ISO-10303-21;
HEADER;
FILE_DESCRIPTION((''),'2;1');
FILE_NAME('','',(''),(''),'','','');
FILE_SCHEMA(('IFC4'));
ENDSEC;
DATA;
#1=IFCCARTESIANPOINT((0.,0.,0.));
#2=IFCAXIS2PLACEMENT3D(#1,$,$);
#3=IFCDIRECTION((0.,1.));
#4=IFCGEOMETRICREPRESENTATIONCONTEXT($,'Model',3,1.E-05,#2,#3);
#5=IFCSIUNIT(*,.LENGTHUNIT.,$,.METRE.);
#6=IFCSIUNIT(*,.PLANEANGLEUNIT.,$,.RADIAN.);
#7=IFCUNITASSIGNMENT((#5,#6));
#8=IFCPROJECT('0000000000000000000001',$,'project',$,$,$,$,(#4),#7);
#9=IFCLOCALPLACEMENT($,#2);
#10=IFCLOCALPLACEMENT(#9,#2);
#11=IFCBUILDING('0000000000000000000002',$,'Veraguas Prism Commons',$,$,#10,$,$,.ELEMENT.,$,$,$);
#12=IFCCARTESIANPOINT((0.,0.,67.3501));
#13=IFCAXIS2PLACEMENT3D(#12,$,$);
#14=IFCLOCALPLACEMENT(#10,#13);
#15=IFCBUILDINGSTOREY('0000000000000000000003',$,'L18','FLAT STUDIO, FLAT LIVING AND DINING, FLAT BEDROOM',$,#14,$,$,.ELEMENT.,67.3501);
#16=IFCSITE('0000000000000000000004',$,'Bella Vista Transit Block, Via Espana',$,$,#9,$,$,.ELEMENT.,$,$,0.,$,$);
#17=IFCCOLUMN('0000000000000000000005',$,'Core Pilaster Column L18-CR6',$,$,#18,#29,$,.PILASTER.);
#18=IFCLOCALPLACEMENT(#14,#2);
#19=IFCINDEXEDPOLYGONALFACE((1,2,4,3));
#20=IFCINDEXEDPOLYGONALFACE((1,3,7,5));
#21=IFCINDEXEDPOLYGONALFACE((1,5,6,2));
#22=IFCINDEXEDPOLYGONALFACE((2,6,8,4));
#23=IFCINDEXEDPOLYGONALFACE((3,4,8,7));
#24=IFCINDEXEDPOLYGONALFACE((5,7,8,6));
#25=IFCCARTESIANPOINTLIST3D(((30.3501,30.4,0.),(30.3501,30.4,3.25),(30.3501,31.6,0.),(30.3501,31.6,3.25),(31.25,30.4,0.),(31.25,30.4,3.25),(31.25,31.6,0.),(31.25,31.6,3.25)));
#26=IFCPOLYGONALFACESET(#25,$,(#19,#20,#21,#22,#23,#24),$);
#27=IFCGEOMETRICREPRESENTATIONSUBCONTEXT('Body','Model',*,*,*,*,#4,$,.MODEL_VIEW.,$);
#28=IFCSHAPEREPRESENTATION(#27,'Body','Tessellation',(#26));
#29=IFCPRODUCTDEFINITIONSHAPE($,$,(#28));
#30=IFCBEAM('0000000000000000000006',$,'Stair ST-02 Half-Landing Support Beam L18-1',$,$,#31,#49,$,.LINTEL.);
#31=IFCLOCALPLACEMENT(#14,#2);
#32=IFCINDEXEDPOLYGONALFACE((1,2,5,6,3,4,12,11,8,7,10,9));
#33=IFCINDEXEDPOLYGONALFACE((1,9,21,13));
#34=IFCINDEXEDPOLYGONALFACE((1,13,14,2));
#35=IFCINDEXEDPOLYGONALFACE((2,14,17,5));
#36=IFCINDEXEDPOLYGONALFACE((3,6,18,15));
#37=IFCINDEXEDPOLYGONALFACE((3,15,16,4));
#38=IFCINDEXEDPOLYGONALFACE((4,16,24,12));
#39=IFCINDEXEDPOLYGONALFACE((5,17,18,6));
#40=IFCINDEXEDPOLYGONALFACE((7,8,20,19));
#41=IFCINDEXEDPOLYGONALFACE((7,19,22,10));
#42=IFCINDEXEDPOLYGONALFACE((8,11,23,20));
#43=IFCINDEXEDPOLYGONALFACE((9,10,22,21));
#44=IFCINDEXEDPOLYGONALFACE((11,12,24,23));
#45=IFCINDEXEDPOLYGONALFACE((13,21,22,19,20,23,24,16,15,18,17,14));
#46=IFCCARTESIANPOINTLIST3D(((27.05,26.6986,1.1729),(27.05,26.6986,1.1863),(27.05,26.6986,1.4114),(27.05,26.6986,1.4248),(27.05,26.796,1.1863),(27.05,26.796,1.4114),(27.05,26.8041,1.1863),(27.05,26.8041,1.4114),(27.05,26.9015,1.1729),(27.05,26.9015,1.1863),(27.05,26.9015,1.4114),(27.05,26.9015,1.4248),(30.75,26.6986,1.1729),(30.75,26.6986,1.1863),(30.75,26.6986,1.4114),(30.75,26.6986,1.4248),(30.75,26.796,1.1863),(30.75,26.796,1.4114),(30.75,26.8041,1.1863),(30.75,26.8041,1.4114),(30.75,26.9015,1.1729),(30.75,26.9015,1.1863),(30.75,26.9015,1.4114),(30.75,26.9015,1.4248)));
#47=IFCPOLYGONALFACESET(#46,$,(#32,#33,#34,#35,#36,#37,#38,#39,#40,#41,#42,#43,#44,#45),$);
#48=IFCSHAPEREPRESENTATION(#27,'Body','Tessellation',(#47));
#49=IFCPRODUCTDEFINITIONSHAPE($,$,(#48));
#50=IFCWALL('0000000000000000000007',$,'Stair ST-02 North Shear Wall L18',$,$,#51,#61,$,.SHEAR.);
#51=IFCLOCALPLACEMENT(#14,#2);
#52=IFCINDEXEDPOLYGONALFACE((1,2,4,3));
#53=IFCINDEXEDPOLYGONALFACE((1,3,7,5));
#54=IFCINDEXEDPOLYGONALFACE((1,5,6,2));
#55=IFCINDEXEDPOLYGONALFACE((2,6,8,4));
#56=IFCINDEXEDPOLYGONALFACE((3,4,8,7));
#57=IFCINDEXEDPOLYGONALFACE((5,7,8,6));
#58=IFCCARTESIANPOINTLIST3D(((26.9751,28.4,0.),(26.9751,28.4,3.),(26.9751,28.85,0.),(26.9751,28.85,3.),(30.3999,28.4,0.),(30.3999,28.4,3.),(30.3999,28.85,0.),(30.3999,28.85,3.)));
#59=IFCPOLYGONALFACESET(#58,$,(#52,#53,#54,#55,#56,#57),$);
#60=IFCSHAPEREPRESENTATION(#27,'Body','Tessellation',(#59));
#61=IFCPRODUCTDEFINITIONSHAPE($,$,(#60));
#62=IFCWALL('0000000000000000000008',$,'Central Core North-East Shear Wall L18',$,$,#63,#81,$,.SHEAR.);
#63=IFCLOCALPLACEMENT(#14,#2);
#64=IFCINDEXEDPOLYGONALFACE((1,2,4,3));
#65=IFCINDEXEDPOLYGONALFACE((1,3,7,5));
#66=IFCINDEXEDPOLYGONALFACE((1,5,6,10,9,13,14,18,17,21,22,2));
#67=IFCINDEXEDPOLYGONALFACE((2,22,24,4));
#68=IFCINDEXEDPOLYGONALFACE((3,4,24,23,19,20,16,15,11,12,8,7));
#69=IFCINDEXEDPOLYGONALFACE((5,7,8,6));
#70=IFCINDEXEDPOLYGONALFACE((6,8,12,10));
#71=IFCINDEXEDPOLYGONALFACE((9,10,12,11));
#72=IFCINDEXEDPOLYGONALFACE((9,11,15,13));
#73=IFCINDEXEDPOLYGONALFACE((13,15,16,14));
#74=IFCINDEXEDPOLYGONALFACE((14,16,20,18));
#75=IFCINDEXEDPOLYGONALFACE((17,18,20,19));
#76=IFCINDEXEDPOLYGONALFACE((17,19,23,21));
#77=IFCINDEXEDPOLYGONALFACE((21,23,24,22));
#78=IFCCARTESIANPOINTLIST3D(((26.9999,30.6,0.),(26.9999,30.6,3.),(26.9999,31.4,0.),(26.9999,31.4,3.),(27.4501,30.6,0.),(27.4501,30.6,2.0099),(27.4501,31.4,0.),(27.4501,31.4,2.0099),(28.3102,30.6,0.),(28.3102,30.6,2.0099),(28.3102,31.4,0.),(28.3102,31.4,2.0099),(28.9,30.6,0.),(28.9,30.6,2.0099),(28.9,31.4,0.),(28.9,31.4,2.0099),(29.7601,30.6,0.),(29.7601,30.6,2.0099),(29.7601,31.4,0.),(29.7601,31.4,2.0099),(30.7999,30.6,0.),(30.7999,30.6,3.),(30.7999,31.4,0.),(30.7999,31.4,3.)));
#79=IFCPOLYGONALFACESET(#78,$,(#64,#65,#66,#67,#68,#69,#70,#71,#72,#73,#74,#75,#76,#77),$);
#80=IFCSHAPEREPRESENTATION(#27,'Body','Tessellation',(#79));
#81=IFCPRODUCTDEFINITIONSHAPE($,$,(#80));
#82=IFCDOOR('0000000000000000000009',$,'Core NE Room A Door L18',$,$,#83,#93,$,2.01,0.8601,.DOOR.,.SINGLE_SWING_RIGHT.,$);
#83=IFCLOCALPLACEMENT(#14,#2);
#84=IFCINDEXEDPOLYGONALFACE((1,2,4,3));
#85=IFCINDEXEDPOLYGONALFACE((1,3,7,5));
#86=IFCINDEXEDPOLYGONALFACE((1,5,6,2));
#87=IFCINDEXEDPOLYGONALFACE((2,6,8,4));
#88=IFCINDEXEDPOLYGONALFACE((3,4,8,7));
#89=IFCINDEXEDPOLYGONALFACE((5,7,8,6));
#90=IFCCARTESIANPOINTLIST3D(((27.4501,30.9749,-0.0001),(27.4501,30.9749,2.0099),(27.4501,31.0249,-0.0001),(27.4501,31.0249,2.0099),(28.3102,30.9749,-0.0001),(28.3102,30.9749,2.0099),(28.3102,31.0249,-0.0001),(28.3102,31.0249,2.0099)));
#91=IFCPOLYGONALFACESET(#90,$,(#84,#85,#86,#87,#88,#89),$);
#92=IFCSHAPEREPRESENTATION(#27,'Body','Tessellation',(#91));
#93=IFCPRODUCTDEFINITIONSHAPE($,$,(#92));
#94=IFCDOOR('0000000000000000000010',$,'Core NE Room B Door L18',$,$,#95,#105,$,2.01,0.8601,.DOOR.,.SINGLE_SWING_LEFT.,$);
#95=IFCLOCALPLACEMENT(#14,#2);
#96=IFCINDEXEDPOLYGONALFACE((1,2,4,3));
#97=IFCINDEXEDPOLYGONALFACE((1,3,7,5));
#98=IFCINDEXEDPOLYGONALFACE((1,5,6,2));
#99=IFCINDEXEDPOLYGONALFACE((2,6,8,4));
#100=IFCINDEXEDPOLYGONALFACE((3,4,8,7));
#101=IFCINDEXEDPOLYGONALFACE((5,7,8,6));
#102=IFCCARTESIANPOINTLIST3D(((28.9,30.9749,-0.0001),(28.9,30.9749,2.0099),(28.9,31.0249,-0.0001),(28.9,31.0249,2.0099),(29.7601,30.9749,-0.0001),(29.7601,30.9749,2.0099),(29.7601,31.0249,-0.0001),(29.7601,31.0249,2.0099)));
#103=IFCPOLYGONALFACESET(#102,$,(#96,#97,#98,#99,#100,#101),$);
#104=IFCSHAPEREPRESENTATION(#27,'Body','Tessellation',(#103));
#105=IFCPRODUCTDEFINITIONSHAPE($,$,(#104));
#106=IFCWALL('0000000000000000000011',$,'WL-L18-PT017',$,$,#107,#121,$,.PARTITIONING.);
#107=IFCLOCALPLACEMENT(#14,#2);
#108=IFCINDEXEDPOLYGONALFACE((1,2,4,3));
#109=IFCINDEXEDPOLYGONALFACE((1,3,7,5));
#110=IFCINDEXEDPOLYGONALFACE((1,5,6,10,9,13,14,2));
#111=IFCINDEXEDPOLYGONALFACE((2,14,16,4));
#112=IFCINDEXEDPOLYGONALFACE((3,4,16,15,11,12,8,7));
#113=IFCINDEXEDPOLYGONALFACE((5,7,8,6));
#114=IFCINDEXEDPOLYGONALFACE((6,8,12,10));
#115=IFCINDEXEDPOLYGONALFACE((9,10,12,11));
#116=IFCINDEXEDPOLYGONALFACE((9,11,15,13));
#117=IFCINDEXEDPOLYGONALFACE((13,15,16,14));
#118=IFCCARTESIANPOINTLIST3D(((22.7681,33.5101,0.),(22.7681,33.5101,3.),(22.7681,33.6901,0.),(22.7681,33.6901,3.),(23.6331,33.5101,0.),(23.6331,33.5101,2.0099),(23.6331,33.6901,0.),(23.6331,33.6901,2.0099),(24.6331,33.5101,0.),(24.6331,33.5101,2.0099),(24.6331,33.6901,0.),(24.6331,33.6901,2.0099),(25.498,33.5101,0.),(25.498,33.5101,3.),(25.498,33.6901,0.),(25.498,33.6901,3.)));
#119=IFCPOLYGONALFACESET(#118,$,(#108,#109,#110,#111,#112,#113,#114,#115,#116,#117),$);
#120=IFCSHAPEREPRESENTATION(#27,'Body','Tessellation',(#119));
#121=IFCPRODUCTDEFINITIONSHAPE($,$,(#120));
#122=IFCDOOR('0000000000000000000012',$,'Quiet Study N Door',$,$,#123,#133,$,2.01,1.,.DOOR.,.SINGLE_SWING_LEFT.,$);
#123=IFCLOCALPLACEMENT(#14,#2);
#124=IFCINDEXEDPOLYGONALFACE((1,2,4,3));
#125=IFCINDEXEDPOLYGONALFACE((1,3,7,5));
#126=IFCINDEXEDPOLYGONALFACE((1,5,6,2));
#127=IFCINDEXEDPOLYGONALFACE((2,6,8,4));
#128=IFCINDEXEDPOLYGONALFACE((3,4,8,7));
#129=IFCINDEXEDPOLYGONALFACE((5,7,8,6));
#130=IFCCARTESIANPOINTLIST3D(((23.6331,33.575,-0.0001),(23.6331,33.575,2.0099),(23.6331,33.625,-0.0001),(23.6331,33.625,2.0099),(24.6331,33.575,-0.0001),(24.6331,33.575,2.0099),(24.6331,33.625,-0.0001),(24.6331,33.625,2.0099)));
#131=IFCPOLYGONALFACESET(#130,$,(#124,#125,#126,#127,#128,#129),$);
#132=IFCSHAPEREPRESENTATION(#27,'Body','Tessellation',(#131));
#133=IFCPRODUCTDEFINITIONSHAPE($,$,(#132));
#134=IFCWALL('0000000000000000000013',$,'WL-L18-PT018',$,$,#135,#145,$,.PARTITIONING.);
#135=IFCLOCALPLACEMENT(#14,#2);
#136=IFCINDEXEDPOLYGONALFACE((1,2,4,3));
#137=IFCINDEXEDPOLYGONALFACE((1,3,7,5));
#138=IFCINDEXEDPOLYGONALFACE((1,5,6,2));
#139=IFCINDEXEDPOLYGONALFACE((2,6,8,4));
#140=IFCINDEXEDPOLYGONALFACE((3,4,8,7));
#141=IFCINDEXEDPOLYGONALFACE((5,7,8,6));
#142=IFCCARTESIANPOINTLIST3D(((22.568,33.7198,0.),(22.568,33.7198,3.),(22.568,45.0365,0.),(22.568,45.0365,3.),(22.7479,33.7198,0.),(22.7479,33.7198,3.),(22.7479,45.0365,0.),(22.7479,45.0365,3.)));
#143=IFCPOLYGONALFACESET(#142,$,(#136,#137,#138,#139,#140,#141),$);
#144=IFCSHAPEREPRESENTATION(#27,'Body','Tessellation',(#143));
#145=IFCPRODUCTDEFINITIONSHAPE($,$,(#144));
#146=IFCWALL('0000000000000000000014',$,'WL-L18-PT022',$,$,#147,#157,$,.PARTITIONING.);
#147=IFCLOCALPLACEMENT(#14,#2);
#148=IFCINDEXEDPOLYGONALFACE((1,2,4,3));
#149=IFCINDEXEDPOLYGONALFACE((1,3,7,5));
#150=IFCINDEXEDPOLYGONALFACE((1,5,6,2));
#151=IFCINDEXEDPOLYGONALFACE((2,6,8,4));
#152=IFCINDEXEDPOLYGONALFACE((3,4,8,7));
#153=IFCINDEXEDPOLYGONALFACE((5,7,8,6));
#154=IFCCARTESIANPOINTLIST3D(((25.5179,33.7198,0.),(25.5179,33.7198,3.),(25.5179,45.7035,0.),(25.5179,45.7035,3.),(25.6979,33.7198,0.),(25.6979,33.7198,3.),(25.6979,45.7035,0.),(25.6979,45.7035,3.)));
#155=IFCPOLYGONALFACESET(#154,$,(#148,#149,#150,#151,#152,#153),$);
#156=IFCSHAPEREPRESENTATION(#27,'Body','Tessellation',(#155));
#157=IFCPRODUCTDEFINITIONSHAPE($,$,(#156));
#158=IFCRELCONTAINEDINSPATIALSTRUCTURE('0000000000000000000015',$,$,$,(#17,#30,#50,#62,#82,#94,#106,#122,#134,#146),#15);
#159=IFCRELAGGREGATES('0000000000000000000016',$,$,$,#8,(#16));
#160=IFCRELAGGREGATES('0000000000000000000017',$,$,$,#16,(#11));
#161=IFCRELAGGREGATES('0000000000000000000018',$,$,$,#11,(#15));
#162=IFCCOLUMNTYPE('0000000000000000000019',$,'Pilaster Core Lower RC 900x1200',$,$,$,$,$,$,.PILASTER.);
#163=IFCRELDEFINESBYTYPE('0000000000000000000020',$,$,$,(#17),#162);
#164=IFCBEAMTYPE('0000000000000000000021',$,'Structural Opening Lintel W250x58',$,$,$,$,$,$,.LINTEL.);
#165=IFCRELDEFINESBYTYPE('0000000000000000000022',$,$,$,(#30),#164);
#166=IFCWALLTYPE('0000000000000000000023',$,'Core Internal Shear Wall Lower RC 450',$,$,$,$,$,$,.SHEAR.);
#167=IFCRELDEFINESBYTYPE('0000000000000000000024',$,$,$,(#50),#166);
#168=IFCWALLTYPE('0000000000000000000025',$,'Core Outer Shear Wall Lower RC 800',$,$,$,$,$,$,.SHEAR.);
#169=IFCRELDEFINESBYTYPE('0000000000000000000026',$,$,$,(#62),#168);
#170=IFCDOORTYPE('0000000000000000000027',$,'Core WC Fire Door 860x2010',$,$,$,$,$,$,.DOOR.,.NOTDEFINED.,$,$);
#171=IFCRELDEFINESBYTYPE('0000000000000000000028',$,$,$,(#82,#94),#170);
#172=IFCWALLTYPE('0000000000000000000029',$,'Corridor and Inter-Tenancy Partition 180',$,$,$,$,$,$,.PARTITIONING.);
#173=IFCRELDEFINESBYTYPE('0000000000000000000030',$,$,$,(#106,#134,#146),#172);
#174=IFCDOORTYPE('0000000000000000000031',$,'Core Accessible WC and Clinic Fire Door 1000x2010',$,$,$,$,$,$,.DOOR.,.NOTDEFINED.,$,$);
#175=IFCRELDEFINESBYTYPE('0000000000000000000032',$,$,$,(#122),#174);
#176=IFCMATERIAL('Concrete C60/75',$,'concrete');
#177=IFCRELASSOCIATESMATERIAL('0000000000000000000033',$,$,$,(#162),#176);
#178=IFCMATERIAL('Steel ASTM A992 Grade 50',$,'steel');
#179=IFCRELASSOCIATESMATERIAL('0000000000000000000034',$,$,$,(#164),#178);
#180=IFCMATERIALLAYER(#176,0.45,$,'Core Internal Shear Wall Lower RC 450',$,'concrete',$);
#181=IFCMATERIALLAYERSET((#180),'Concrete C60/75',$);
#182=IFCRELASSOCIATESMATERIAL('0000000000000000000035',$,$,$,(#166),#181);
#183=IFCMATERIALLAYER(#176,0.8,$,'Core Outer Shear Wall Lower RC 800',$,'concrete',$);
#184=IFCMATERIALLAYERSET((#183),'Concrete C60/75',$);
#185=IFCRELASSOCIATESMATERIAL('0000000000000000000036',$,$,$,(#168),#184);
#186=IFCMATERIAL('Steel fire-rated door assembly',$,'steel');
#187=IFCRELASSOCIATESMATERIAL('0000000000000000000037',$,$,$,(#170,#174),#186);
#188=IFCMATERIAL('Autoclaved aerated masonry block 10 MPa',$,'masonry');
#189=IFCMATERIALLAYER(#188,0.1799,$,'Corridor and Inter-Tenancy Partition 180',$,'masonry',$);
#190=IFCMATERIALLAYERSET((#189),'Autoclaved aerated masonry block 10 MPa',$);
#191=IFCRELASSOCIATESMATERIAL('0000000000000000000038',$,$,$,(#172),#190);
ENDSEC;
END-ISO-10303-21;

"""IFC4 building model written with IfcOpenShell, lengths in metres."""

from ifc_helpers import new_model, si_unit, direction, frame, frame_2d, origin, origin_2d, place, context, subcontext, project, spatial, rectangle, i_section, extrude, source, transform, mapped, material, layer, layer_set, material_profile, profile_set, type_object, element, fill, save


model = new_model("IFC4")

# Units and contexts
model_context = context("Model", 3, precision=1e-05, world=origin(), true_north=direction((0.0, 1.0)))
body_context = subcontext(model_context, "Body", "Model", "MODEL_VIEW")
ifc_project = project(units=[si_unit("LENGTHUNIT", "METRE"), si_unit("PLANEANGLEUNIT", "RADIAN")], contexts=[model_context])

# Site, building, storey
site_placement = place(None, origin())
site = spatial("IfcSite", under=ifc_project, at=site_placement, Name="Bella Vista Transit Block, Via Espana", CompositionType="ELEMENT", RefElevation=0.0)
building_placement = place(site_placement, origin())
building = spatial("IfcBuilding", under=site, at=building_placement, Name="Veraguas Prism Commons", CompositionType="ELEMENT")
storey_placement = place(building_placement, frame((0.0, 0.0, 67.3501)))
storey = spatial("IfcBuildingStorey", under=building, at=storey_placement, Name="L18", Description="FLAT STUDIO, FLAT LIVING AND DINING, FLAT BEDROOM", CompositionType="ELEMENT", Elevation=67.3501)

# Column
ifc_material_1 = material(Name="Concrete C60/75", Category="concrete")
ifc_material_profile_1 = material_profile(ifc_material_1, rectangle(XDim=0.8999, YDim=1.2, at=origin_2d()), Name="RC900X1200")
ifc_profile_set_1 = profile_set([ifc_material_profile_1], Name="Concrete C60/75")
column_type = type_object("IfcColumnType", Name="Pilaster Core Lower RC 900x1200", PredefinedType="PILASTER", material=ifc_profile_set_1)
column_placement = place(storey_placement, frame((30.8, 31.0, 0.0), z_axis=(0.0, 0.0, 1.0), x_axis=(1.0, 0.0, 0.0)))
element("IfcColumn", 1, at=column_placement, inside=storey, type_object=column_type, Name="Core Pilaster Column L18-CR6", PredefinedType="PILASTER", context=body_context, shape_type="SweptSolid", body=[
    extrude(rectangle(XDim=0.8999, YDim=1.2, at=origin_2d()), origin(), (0.0, 0.0, 1.0), 3.25),
])

# Beam
ifc_material_2 = material(Name="Steel ASTM A992 Grade 50", Category="steel")
ifc_material_profile_2 = material_profile(ifc_material_2, i_section(OverallWidth=0.2029, OverallDepth=0.252, WebThickness=0.0081, FlangeThickness=0.0134, at=origin_2d()), Name="W250X58")
ifc_profile_set_2 = profile_set([ifc_material_profile_2], Name="Steel ASTM A992 Grade 50")
beam_type = type_object("IfcBeamType", Name="Structural Opening Lintel W250x58", PredefinedType="LINTEL", material=ifc_profile_set_2)
beam_placement = place(storey_placement, frame((27.05, 26.8, 1.2988), z_axis=(1.0, 0.0, 0.0), x_axis=(0.0, 1.0, 0.0)))
element("IfcBeam", 2, at=beam_placement, inside=storey, type_object=beam_type, Name="Stair ST-02 Half-Landing Support Beam L18-1", PredefinedType="LINTEL", context=body_context, shape_type="SweptSolid", body=[
    extrude(i_section(OverallWidth=0.2029, OverallDepth=0.252, WebThickness=0.0081, FlangeThickness=0.0134, at=origin_2d()), origin(), (0.0, 0.0, 1.0), 3.7),
])

# Wall
ifc_layer_1 = layer(ifc_material_1, 0.45, Name="Core Internal Shear Wall Lower RC 450", Category="concrete")
ifc_layer_set_1 = layer_set([ifc_layer_1], Name="Concrete C60/75")
wall_type_1 = type_object("IfcWallType", Name="Core Internal Shear Wall Lower RC 450", PredefinedType="SHEAR", material=ifc_layer_set_1)
wall_1_placement = place(storey_placement, frame((26.9751, 28.625, 0.0), z_axis=(0.0, 0.0, 1.0), x_axis=(1.0, 0.0, 0.0)))
element("IfcWall", 3, at=wall_1_placement, inside=storey, type_object=wall_type_1, Name="Stair ST-02 North Shear Wall L18", PredefinedType="SHEAR", context=body_context, shape_type="SweptSolid", body=[
    extrude(rectangle(XDim=3.4248, YDim=0.45, at=frame_2d((1.7124, 0.0))), origin(), (0.0, 0.0, 1.0), 3.0),
])

# Wall, openings, doors
ifc_layer_2 = layer(ifc_material_1, 0.8, Name="Core Outer Shear Wall Lower RC 800", Category="concrete")
ifc_layer_set_2 = layer_set([ifc_layer_2], Name="Concrete C60/75")
wall_type_2 = type_object("IfcWallType", Name="Core Outer Shear Wall Lower RC 800", PredefinedType="SHEAR", material=ifc_layer_set_2)
wall_2_placement = place(storey_placement, frame((27.0, 31.0, 0.0), z_axis=(0.0, 0.0, 1.0), x_axis=(1.0, 0.0, 0.0)))
wall_2 = element("IfcWall", 4, at=wall_2_placement, inside=storey, type_object=wall_type_2, Name="Central Core North-East Shear Wall L18", PredefinedType="SHEAR", context=body_context, shape_type="SweptSolid", body=[
    extrude(rectangle(XDim=3.8, YDim=0.8, at=frame_2d((1.8999, 0.0))), origin(), (0.0, 0.0, 1.0), 3.0),
])
opening_1_placement = place(wall_2_placement, frame((0.45, 0.0, 0.0)))
opening_1 = element("IfcOpeningElement", 5, at=opening_1_placement, cuts=wall_2, PredefinedType="OPENING", context=body_context, shape_type="SweptSolid", body=[
    extrude(rectangle(XDim=0.8601, YDim=2.01, at=frame_2d((0.4302, 1.0049))), frame((0.0, 0.4099, 0.0), z_axis=(0.0, -1.0, 0.0), x_axis=(1.0, 0.0, 0.0)), (0.0, 0.0, 1.0), 0.8201),
])
opening_2_placement = place(wall_2_placement, frame((1.8999, 0.0, 0.0)))
opening_2 = element("IfcOpeningElement", 6, at=opening_2_placement, cuts=wall_2, PredefinedType="OPENING", context=body_context, shape_type="SweptSolid", body=[
    extrude(rectangle(XDim=0.8601, YDim=2.01, at=frame_2d((0.4302, 1.0049))), frame((0.0, 0.4099, 0.0), z_axis=(0.0, -1.0, 0.0), x_axis=(1.0, 0.0, 0.0)), (0.0, 0.0, 1.0), 0.8201),
])
ifc_material_3 = material(Name="Steel fire-rated door assembly", Category="steel")
door_type_1 = type_object("IfcDoorType", Name="Core WC Fire Door 860x2010", OperationType="NOTDEFINED", PredefinedType="DOOR", material=ifc_material_3)
shared_shape_1 = source(origin(), body_context, "Body", "SweptSolid", [
    extrude(rectangle(XDim=0.8601, YDim=2.01, at=frame_2d((0.4302, 1.0049))), frame((0.0, 0.0249, 0.0), z_axis=(0.0, -1.0, 0.0), x_axis=(1.0, 0.0, 0.0)), (0.0, 0.0, 1.0), 0.05),
])
door_1_placement = place(opening_1_placement, origin())
door_1 = element("IfcDoor", 7, at=door_1_placement, inside=storey, type_object=door_type_1, Name="Core NE Room A Door L18", OperationType="SINGLE_SWING_RIGHT", OverallHeight=2.01, OverallWidth=0.8601, PredefinedType="DOOR", context=body_context, shape_type="MappedRepresentation", body=[
    mapped(shared_shape_1, transform((0.0, 0.0, 0.0), scale=1.0)),
])
fill(opening_1, door_1)
door_2_placement = place(opening_2_placement, origin())
door_2 = element("IfcDoor", 8, at=door_2_placement, inside=storey, type_object=door_type_1, Name="Core NE Room B Door L18", OperationType="SINGLE_SWING_LEFT", OverallHeight=2.01, OverallWidth=0.8601, PredefinedType="DOOR", context=body_context, shape_type="MappedRepresentation", body=[
    mapped(shared_shape_1, transform((0.0, 0.0, 0.0), scale=1.0)),
])
fill(opening_2, door_2)

# Wall, opening, door
ifc_material_4 = material(Name="Autoclaved aerated masonry block 10 MPa", Category="masonry")
ifc_layer_3 = layer(ifc_material_4, 0.1799, Name="Corridor and Inter-Tenancy Partition 180", Category="masonry")
ifc_layer_set_3 = layer_set([ifc_layer_3], Name="Autoclaved aerated masonry block 10 MPa")
wall_type_3 = type_object("IfcWallType", Name="Corridor and Inter-Tenancy Partition 180", PredefinedType="PARTITIONING", material=ifc_layer_set_3)
wall_3_placement = place(storey_placement, frame((22.7681, 33.6001, 0.0), z_axis=(0.0, 0.0, 1.0), x_axis=(1.0, 0.0, 0.0)))
wall_3 = element("IfcWall", 9, at=wall_3_placement, inside=storey, type_object=wall_type_3, Name="WL-L18-PT017", PredefinedType="PARTITIONING", context=body_context, shape_type="SweptSolid", body=[
    extrude(rectangle(XDim=2.73, YDim=0.1799, at=frame_2d((1.365, 0.0))), origin(), (0.0, 0.0, 1.0), 3.0),
])
opening_3_placement = place(wall_3_placement, frame((0.865, 0.0, 0.0)))
opening_3 = element("IfcOpeningElement", 10, at=opening_3_placement, cuts=wall_3, PredefinedType="OPENING", context=body_context, shape_type="SweptSolid", body=[
    extrude(rectangle(XDim=1.0, YDim=2.01, at=frame_2d((0.5, 1.0049))), frame((0.0, 0.0999, 0.0), z_axis=(0.0, -1.0, 0.0), x_axis=(1.0, 0.0, 0.0)), (0.0, 0.0, 1.0), 0.2),
])
door_type_2 = type_object("IfcDoorType", Name="Core Accessible WC and Clinic Fire Door 1000x2010", OperationType="NOTDEFINED", PredefinedType="DOOR", material=ifc_material_3)
shared_shape_2 = source(origin(), body_context, "Body", "SweptSolid", [
    extrude(rectangle(XDim=1.0, YDim=2.01, at=frame_2d((0.5, 1.0049))), frame((0.0, 0.0249, 0.0), z_axis=(0.0, -1.0, 0.0), x_axis=(1.0, 0.0, 0.0)), (0.0, 0.0, 1.0), 0.05),
])
door_3_placement = place(opening_3_placement, origin())
door_3 = element("IfcDoor", 11, at=door_3_placement, inside=storey, type_object=door_type_2, Name="Quiet Study N Door", OperationType="SINGLE_SWING_LEFT", OverallHeight=2.01, OverallWidth=1.0, PredefinedType="DOOR", context=body_context, shape_type="MappedRepresentation", body=[
    mapped(shared_shape_2, transform((0.0, 0.0, 0.0), scale=1.0)),
])
fill(opening_3, door_3)

# Walls
wall_4_placement = place(storey_placement, frame((22.658, 33.72, 0.0), z_axis=(0.0, 0.0, 1.0), x_axis=(0.0, 1.0, 0.0)))
element("IfcWall", 12, at=wall_4_placement, inside=storey, type_object=wall_type_3, Name="WL-L18-PT018", PredefinedType="PARTITIONING", context=body_context, shape_type="SweptSolid", body=[
    extrude(rectangle(XDim=11.3167, YDim=0.1799, at=frame_2d((5.6582, 0.0))), origin(), (0.0, 0.0, 1.0), 3.0),
])
wall_5_placement = place(storey_placement, frame((25.6079, 33.72, 0.0), z_axis=(0.0, 0.0, 1.0), x_axis=(0.0, 1.0, 0.0)))
element("IfcWall", 13, at=wall_5_placement, inside=storey, type_object=wall_type_3, Name="WL-L18-PT022", PredefinedType="PARTITIONING", context=body_context, shape_type="SweptSolid", body=[
    extrude(rectangle(XDim=11.9836, YDim=0.1799, at=frame_2d((5.9917, 0.0))), origin(), (0.0, 0.0, 1.0), 3.0),
])

save(model, "model.ifc")
